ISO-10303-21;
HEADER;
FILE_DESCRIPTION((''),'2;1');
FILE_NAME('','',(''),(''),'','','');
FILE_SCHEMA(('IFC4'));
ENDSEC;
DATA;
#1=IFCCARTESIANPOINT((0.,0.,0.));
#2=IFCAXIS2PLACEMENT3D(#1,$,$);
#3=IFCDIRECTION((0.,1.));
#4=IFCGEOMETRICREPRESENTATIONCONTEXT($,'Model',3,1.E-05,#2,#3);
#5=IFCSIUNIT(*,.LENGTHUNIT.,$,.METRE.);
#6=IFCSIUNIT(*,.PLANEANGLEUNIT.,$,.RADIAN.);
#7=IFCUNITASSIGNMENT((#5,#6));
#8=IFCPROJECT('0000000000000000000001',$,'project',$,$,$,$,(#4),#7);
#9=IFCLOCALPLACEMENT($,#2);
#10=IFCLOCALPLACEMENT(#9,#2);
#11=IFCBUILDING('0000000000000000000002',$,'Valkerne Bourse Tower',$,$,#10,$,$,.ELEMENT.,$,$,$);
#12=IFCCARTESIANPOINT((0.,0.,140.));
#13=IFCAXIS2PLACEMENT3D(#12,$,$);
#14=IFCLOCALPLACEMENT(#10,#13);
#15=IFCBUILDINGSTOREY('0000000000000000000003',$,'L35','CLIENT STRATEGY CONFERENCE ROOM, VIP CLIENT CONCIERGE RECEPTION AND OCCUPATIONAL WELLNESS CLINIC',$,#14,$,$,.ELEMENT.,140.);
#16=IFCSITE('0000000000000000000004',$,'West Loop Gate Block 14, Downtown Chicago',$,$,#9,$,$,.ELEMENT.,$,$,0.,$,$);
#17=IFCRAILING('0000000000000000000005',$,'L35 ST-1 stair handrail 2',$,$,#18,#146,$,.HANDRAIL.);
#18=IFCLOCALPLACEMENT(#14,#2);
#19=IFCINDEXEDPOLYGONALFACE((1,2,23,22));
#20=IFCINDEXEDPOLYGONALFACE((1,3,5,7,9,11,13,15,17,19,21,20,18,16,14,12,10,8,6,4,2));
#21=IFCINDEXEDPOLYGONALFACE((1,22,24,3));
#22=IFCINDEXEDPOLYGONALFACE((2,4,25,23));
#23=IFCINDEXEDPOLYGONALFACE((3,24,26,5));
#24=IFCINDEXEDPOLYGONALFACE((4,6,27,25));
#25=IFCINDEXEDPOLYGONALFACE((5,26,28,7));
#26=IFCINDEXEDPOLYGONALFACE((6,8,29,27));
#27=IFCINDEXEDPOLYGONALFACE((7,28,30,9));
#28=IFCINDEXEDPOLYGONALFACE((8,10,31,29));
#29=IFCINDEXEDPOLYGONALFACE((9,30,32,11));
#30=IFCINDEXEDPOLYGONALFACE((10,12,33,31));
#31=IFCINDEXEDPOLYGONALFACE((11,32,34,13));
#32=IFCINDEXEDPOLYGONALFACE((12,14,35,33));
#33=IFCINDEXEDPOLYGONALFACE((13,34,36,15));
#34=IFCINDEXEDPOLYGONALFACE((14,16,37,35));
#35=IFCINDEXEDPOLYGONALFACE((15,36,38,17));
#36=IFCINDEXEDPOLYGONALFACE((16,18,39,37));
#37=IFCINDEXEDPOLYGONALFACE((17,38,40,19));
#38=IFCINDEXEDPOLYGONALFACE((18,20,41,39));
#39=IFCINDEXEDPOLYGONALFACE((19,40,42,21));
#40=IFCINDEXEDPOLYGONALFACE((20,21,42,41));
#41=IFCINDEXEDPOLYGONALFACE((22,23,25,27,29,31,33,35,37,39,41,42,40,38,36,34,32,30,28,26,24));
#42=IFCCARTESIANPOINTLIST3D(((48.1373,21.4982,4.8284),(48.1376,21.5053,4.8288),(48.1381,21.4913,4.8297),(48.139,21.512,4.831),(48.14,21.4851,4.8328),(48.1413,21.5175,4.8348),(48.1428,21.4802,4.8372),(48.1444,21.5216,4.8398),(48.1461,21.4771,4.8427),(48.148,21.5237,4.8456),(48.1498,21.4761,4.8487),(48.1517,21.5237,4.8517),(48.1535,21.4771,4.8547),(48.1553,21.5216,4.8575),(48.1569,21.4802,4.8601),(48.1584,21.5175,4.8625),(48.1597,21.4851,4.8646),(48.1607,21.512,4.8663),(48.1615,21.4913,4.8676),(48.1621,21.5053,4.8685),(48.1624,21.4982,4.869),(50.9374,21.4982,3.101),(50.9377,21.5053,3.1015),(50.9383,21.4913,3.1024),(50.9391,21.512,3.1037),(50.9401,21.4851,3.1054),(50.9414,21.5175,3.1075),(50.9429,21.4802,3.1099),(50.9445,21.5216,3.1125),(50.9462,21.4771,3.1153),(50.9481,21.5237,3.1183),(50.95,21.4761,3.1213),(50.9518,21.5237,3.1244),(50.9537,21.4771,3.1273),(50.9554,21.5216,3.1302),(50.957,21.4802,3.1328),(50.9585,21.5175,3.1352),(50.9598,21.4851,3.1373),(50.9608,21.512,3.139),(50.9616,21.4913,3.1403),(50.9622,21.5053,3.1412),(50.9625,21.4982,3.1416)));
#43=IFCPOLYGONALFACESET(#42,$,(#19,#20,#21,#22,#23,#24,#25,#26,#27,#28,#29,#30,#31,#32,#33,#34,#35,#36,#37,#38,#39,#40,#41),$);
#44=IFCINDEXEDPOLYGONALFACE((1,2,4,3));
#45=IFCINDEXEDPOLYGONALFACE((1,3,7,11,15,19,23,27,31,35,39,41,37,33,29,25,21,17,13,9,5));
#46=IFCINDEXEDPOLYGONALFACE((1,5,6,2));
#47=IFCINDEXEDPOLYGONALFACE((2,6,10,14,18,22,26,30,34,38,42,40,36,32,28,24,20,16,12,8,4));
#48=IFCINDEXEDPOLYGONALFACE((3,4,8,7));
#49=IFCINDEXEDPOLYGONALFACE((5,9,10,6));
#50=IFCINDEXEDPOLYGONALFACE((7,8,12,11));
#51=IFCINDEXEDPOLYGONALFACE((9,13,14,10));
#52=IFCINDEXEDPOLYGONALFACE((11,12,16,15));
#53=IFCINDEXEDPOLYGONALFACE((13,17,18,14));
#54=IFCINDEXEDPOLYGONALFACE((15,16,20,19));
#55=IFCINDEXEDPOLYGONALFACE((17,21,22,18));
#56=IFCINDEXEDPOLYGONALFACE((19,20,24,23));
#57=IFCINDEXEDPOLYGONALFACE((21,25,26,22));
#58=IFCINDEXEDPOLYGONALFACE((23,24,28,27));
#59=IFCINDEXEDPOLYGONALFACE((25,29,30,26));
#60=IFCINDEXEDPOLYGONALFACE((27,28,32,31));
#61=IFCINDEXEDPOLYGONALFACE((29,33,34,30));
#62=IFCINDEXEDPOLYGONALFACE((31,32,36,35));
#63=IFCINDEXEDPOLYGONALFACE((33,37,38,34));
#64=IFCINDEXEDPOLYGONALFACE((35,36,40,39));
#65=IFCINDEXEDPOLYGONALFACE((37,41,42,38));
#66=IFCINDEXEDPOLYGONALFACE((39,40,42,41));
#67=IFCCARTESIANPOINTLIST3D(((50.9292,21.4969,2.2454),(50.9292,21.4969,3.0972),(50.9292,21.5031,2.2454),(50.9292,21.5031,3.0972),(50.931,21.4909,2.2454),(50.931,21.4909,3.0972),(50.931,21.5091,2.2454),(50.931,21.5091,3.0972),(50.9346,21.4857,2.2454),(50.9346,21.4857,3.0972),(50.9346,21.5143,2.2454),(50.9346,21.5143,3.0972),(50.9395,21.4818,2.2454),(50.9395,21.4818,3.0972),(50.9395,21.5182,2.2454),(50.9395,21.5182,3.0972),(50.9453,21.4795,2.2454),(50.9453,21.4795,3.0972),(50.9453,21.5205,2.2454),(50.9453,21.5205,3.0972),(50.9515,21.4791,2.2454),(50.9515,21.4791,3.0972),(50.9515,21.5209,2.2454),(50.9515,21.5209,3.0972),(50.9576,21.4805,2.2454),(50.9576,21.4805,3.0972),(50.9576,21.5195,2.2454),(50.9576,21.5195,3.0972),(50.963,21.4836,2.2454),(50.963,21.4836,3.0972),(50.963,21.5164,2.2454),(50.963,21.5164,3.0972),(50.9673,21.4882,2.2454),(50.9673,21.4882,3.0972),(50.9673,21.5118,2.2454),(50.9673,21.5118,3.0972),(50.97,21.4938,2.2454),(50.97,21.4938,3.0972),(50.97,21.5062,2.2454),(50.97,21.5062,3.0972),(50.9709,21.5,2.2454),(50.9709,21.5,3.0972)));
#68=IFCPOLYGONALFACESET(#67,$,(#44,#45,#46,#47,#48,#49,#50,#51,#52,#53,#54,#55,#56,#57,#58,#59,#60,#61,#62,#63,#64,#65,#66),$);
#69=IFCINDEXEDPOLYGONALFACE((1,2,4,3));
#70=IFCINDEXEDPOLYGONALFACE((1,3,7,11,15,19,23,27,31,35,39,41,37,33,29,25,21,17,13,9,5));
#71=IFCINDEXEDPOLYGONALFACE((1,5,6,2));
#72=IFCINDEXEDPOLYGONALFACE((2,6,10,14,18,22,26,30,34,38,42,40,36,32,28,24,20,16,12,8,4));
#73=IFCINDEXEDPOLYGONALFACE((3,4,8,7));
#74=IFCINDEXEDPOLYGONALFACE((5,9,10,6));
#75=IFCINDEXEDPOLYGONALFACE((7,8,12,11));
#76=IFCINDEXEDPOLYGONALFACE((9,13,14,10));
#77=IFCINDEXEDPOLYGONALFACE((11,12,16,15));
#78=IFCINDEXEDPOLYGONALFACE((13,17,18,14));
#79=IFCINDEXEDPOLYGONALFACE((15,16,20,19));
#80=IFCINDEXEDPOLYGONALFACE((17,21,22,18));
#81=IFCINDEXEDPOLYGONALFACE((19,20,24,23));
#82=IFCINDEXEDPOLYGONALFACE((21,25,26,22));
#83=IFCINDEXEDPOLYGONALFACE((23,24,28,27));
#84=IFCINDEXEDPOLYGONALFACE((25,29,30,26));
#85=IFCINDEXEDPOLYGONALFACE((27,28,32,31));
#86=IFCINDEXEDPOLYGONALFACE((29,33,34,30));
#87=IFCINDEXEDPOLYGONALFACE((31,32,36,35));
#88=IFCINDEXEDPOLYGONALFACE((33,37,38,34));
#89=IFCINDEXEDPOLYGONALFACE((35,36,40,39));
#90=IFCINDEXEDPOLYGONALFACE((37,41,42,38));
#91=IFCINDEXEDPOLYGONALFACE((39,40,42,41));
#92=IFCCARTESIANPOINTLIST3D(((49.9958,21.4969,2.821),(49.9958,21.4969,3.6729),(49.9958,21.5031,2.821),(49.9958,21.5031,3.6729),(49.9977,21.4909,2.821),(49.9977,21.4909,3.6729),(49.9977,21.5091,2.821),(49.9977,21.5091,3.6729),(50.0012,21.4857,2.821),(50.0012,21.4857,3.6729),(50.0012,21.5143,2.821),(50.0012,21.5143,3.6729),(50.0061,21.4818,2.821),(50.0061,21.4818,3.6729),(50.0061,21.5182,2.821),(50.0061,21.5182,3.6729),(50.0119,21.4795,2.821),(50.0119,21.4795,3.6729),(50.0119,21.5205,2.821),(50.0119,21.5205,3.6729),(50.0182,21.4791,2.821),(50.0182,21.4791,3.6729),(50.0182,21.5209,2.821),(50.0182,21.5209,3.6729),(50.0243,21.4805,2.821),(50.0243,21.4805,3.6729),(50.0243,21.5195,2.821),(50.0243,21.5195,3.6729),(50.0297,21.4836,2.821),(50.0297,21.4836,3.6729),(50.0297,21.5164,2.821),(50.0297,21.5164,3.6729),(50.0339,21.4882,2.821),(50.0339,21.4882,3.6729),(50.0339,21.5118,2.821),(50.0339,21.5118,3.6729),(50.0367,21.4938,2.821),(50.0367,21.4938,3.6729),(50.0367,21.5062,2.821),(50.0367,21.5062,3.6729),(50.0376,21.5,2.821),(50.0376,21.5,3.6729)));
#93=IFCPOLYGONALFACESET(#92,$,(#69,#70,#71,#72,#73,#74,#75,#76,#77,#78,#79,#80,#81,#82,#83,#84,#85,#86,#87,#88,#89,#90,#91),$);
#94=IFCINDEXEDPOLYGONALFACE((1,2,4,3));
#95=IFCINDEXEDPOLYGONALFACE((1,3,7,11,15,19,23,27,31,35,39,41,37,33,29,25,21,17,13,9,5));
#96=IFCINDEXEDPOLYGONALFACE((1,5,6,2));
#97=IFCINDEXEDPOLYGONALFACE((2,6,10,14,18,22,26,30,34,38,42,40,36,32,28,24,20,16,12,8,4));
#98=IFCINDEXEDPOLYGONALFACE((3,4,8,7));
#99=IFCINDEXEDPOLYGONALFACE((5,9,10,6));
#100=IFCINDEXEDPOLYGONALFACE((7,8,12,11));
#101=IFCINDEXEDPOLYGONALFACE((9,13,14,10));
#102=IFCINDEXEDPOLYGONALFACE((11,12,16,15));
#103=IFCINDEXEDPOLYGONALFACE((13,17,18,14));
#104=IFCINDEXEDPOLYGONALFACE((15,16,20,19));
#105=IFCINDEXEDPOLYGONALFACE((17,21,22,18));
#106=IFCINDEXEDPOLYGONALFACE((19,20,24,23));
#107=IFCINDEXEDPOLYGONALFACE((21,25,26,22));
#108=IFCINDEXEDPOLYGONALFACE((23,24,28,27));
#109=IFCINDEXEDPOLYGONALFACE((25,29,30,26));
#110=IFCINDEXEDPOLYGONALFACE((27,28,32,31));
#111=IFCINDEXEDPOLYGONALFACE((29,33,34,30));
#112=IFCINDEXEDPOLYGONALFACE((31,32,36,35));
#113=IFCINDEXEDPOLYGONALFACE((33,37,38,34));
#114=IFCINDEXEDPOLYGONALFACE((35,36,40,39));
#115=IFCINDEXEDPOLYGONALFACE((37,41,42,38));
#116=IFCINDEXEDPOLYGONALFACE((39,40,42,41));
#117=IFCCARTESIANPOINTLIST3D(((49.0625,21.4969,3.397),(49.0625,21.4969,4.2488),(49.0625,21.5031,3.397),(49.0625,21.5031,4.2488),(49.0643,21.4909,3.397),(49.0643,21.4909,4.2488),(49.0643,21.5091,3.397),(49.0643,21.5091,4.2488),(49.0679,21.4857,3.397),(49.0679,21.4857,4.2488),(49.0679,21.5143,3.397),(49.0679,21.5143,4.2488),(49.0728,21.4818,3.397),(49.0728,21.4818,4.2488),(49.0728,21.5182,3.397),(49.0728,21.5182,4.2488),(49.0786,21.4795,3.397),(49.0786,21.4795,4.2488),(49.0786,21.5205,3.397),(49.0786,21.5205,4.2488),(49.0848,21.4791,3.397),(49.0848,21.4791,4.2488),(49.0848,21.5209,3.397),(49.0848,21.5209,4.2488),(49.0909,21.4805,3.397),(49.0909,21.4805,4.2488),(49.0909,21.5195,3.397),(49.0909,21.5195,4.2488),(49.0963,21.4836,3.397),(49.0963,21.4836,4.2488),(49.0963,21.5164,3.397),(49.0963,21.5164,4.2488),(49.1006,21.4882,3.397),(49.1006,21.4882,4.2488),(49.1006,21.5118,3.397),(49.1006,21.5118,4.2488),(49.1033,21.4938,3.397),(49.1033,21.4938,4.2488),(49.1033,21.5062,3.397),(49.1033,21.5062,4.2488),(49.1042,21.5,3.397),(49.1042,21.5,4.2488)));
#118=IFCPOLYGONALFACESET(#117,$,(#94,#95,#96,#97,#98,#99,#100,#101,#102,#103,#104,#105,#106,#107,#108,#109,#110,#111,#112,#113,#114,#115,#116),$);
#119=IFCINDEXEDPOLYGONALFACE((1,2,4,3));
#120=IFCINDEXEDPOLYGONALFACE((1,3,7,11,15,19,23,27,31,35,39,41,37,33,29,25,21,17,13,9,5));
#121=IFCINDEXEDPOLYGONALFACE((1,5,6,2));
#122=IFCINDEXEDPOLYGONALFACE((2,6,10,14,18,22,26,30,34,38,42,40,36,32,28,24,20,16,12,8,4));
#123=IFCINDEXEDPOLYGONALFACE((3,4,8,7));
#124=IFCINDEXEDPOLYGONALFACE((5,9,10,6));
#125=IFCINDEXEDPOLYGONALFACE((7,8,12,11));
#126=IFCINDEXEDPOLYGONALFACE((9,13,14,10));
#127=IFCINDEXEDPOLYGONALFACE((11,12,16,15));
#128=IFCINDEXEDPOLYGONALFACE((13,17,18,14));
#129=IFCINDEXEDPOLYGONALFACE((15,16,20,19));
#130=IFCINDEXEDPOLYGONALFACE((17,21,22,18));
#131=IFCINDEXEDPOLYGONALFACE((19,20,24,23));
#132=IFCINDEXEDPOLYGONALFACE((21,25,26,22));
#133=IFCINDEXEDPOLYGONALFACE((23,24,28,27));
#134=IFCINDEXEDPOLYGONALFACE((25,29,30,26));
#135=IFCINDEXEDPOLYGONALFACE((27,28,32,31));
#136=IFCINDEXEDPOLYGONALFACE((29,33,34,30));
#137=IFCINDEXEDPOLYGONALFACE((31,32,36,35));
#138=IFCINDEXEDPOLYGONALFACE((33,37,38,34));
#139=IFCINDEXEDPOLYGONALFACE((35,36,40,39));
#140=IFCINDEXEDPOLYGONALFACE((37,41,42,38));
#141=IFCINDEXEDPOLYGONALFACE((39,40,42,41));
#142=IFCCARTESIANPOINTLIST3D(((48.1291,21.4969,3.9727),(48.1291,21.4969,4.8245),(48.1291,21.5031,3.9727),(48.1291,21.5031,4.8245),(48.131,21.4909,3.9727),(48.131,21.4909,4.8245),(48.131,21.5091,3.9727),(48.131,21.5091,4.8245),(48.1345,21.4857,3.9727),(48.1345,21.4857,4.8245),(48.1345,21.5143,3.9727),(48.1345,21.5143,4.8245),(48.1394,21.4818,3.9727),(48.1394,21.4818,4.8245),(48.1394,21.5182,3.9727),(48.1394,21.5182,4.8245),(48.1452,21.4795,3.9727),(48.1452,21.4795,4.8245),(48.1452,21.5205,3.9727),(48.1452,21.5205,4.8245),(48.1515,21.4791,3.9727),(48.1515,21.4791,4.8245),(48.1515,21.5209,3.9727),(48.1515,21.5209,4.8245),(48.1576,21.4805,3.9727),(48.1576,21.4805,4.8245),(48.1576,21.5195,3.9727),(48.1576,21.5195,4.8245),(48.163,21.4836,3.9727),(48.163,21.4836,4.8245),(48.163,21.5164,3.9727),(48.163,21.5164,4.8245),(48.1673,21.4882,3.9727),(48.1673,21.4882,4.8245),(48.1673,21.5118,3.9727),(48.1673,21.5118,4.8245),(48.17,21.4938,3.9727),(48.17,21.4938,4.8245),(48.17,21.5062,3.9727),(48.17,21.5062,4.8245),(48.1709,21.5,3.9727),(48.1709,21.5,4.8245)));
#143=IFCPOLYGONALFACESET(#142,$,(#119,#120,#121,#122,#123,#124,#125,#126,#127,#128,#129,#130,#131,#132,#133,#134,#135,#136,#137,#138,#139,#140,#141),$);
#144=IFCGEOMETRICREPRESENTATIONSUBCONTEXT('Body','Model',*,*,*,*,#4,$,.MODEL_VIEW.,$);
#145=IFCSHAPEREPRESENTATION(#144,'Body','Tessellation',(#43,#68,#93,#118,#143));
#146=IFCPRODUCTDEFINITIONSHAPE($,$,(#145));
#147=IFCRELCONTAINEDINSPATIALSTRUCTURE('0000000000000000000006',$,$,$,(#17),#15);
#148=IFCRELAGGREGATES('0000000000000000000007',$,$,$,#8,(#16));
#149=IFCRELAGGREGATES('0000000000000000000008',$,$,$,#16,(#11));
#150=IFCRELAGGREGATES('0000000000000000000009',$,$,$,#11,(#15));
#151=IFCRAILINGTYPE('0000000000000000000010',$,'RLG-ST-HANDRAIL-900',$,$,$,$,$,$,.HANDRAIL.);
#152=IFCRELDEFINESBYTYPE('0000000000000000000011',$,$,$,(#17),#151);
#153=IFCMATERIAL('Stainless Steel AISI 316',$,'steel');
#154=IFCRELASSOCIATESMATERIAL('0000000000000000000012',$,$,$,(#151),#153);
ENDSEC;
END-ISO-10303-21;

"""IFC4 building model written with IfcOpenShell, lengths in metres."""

from ifc_helpers import new_model, si_unit, direction, frame, origin, origin_2d, place, context, subcontext, project, spatial, circle, extrude, material, type_object, element, save


model = new_model("IFC4")

# Units and contexts
model_context = context("Model", 3, precision=1e-05, world=origin(), true_north=direction((0.0, 1.0)))
body_context = subcontext(model_context, "Body", "Model", "MODEL_VIEW")
ifc_project = project(units=[si_unit("LENGTHUNIT", "METRE"), si_unit("PLANEANGLEUNIT", "RADIAN")], contexts=[model_context])

# Site, building, storey
site_placement = place(None, origin())
site = spatial("IfcSite", under=ifc_project, at=site_placement, Name="West Loop Gate Block 14, Downtown Chicago", CompositionType="ELEMENT", RefElevation=0.0)
building_placement = place(site_placement, origin())
building = spatial("IfcBuilding", under=site, at=building_placement, Name="Valkerne Bourse Tower", CompositionType="ELEMENT")
storey_placement = place(building_placement, frame((0.0, 0.0, 140.0)))
storey = spatial("IfcBuildingStorey", under=building, at=storey_placement, Name="L35", Description="CLIENT STRATEGY CONFERENCE ROOM, VIP CLIENT CONCIERGE RECEPTION AND OCCUPATIONAL WELLNESS CLINIC", CompositionType="ELEMENT", Elevation=140.0)

# Shared definitions
ifc_material_1 = material(Name="Stainless Steel AISI 316", Category="steel")

# Railing
railing_type_1 = type_object("IfcRailingType", Name="RLG-ST-HANDRAIL-900", PredefinedType="HANDRAIL", material=ifc_material_1)
railing_1_placement = place(storey_placement, frame((50.95, 21.5, 2.2454)))
element("IfcRailing", 1, at=railing_1_placement, inside=storey, type_object=railing_type_1, Name="L35 ST-1 stair handrail 2", PredefinedType="HANDRAIL", context=body_context, shape_type="SweptSolid", body=[
    extrude(circle(Radius=0.0239, at=origin_2d()), frame((0.0, 0.0, 0.876), z_axis=(-0.85109, 0.0, 0.52502), x_axis=(0.0, -1.0, 0.0)), (0.0, 0.0, 1.0), 3.29),
    extrude(circle(Radius=0.021, at=origin_2d()), origin(), (0.0, 0.0, 1.0), 0.8518),
    extrude(circle(Radius=0.021, at=origin_2d()), frame((-0.9333, 0.0, 0.5757)), (0.0, 0.0, 1.0), 0.8518),
    extrude(circle(Radius=0.021, at=origin_2d()), frame((-1.8667, 0.0, 1.1516)), (0.0, 0.0, 1.0), 0.8518),
    extrude(circle(Radius=0.021, at=origin_2d()), frame((-2.8, 0.0, 1.7273)), (0.0, 0.0, 1.0), 0.8518),
])

save(model, "model.ifc")
